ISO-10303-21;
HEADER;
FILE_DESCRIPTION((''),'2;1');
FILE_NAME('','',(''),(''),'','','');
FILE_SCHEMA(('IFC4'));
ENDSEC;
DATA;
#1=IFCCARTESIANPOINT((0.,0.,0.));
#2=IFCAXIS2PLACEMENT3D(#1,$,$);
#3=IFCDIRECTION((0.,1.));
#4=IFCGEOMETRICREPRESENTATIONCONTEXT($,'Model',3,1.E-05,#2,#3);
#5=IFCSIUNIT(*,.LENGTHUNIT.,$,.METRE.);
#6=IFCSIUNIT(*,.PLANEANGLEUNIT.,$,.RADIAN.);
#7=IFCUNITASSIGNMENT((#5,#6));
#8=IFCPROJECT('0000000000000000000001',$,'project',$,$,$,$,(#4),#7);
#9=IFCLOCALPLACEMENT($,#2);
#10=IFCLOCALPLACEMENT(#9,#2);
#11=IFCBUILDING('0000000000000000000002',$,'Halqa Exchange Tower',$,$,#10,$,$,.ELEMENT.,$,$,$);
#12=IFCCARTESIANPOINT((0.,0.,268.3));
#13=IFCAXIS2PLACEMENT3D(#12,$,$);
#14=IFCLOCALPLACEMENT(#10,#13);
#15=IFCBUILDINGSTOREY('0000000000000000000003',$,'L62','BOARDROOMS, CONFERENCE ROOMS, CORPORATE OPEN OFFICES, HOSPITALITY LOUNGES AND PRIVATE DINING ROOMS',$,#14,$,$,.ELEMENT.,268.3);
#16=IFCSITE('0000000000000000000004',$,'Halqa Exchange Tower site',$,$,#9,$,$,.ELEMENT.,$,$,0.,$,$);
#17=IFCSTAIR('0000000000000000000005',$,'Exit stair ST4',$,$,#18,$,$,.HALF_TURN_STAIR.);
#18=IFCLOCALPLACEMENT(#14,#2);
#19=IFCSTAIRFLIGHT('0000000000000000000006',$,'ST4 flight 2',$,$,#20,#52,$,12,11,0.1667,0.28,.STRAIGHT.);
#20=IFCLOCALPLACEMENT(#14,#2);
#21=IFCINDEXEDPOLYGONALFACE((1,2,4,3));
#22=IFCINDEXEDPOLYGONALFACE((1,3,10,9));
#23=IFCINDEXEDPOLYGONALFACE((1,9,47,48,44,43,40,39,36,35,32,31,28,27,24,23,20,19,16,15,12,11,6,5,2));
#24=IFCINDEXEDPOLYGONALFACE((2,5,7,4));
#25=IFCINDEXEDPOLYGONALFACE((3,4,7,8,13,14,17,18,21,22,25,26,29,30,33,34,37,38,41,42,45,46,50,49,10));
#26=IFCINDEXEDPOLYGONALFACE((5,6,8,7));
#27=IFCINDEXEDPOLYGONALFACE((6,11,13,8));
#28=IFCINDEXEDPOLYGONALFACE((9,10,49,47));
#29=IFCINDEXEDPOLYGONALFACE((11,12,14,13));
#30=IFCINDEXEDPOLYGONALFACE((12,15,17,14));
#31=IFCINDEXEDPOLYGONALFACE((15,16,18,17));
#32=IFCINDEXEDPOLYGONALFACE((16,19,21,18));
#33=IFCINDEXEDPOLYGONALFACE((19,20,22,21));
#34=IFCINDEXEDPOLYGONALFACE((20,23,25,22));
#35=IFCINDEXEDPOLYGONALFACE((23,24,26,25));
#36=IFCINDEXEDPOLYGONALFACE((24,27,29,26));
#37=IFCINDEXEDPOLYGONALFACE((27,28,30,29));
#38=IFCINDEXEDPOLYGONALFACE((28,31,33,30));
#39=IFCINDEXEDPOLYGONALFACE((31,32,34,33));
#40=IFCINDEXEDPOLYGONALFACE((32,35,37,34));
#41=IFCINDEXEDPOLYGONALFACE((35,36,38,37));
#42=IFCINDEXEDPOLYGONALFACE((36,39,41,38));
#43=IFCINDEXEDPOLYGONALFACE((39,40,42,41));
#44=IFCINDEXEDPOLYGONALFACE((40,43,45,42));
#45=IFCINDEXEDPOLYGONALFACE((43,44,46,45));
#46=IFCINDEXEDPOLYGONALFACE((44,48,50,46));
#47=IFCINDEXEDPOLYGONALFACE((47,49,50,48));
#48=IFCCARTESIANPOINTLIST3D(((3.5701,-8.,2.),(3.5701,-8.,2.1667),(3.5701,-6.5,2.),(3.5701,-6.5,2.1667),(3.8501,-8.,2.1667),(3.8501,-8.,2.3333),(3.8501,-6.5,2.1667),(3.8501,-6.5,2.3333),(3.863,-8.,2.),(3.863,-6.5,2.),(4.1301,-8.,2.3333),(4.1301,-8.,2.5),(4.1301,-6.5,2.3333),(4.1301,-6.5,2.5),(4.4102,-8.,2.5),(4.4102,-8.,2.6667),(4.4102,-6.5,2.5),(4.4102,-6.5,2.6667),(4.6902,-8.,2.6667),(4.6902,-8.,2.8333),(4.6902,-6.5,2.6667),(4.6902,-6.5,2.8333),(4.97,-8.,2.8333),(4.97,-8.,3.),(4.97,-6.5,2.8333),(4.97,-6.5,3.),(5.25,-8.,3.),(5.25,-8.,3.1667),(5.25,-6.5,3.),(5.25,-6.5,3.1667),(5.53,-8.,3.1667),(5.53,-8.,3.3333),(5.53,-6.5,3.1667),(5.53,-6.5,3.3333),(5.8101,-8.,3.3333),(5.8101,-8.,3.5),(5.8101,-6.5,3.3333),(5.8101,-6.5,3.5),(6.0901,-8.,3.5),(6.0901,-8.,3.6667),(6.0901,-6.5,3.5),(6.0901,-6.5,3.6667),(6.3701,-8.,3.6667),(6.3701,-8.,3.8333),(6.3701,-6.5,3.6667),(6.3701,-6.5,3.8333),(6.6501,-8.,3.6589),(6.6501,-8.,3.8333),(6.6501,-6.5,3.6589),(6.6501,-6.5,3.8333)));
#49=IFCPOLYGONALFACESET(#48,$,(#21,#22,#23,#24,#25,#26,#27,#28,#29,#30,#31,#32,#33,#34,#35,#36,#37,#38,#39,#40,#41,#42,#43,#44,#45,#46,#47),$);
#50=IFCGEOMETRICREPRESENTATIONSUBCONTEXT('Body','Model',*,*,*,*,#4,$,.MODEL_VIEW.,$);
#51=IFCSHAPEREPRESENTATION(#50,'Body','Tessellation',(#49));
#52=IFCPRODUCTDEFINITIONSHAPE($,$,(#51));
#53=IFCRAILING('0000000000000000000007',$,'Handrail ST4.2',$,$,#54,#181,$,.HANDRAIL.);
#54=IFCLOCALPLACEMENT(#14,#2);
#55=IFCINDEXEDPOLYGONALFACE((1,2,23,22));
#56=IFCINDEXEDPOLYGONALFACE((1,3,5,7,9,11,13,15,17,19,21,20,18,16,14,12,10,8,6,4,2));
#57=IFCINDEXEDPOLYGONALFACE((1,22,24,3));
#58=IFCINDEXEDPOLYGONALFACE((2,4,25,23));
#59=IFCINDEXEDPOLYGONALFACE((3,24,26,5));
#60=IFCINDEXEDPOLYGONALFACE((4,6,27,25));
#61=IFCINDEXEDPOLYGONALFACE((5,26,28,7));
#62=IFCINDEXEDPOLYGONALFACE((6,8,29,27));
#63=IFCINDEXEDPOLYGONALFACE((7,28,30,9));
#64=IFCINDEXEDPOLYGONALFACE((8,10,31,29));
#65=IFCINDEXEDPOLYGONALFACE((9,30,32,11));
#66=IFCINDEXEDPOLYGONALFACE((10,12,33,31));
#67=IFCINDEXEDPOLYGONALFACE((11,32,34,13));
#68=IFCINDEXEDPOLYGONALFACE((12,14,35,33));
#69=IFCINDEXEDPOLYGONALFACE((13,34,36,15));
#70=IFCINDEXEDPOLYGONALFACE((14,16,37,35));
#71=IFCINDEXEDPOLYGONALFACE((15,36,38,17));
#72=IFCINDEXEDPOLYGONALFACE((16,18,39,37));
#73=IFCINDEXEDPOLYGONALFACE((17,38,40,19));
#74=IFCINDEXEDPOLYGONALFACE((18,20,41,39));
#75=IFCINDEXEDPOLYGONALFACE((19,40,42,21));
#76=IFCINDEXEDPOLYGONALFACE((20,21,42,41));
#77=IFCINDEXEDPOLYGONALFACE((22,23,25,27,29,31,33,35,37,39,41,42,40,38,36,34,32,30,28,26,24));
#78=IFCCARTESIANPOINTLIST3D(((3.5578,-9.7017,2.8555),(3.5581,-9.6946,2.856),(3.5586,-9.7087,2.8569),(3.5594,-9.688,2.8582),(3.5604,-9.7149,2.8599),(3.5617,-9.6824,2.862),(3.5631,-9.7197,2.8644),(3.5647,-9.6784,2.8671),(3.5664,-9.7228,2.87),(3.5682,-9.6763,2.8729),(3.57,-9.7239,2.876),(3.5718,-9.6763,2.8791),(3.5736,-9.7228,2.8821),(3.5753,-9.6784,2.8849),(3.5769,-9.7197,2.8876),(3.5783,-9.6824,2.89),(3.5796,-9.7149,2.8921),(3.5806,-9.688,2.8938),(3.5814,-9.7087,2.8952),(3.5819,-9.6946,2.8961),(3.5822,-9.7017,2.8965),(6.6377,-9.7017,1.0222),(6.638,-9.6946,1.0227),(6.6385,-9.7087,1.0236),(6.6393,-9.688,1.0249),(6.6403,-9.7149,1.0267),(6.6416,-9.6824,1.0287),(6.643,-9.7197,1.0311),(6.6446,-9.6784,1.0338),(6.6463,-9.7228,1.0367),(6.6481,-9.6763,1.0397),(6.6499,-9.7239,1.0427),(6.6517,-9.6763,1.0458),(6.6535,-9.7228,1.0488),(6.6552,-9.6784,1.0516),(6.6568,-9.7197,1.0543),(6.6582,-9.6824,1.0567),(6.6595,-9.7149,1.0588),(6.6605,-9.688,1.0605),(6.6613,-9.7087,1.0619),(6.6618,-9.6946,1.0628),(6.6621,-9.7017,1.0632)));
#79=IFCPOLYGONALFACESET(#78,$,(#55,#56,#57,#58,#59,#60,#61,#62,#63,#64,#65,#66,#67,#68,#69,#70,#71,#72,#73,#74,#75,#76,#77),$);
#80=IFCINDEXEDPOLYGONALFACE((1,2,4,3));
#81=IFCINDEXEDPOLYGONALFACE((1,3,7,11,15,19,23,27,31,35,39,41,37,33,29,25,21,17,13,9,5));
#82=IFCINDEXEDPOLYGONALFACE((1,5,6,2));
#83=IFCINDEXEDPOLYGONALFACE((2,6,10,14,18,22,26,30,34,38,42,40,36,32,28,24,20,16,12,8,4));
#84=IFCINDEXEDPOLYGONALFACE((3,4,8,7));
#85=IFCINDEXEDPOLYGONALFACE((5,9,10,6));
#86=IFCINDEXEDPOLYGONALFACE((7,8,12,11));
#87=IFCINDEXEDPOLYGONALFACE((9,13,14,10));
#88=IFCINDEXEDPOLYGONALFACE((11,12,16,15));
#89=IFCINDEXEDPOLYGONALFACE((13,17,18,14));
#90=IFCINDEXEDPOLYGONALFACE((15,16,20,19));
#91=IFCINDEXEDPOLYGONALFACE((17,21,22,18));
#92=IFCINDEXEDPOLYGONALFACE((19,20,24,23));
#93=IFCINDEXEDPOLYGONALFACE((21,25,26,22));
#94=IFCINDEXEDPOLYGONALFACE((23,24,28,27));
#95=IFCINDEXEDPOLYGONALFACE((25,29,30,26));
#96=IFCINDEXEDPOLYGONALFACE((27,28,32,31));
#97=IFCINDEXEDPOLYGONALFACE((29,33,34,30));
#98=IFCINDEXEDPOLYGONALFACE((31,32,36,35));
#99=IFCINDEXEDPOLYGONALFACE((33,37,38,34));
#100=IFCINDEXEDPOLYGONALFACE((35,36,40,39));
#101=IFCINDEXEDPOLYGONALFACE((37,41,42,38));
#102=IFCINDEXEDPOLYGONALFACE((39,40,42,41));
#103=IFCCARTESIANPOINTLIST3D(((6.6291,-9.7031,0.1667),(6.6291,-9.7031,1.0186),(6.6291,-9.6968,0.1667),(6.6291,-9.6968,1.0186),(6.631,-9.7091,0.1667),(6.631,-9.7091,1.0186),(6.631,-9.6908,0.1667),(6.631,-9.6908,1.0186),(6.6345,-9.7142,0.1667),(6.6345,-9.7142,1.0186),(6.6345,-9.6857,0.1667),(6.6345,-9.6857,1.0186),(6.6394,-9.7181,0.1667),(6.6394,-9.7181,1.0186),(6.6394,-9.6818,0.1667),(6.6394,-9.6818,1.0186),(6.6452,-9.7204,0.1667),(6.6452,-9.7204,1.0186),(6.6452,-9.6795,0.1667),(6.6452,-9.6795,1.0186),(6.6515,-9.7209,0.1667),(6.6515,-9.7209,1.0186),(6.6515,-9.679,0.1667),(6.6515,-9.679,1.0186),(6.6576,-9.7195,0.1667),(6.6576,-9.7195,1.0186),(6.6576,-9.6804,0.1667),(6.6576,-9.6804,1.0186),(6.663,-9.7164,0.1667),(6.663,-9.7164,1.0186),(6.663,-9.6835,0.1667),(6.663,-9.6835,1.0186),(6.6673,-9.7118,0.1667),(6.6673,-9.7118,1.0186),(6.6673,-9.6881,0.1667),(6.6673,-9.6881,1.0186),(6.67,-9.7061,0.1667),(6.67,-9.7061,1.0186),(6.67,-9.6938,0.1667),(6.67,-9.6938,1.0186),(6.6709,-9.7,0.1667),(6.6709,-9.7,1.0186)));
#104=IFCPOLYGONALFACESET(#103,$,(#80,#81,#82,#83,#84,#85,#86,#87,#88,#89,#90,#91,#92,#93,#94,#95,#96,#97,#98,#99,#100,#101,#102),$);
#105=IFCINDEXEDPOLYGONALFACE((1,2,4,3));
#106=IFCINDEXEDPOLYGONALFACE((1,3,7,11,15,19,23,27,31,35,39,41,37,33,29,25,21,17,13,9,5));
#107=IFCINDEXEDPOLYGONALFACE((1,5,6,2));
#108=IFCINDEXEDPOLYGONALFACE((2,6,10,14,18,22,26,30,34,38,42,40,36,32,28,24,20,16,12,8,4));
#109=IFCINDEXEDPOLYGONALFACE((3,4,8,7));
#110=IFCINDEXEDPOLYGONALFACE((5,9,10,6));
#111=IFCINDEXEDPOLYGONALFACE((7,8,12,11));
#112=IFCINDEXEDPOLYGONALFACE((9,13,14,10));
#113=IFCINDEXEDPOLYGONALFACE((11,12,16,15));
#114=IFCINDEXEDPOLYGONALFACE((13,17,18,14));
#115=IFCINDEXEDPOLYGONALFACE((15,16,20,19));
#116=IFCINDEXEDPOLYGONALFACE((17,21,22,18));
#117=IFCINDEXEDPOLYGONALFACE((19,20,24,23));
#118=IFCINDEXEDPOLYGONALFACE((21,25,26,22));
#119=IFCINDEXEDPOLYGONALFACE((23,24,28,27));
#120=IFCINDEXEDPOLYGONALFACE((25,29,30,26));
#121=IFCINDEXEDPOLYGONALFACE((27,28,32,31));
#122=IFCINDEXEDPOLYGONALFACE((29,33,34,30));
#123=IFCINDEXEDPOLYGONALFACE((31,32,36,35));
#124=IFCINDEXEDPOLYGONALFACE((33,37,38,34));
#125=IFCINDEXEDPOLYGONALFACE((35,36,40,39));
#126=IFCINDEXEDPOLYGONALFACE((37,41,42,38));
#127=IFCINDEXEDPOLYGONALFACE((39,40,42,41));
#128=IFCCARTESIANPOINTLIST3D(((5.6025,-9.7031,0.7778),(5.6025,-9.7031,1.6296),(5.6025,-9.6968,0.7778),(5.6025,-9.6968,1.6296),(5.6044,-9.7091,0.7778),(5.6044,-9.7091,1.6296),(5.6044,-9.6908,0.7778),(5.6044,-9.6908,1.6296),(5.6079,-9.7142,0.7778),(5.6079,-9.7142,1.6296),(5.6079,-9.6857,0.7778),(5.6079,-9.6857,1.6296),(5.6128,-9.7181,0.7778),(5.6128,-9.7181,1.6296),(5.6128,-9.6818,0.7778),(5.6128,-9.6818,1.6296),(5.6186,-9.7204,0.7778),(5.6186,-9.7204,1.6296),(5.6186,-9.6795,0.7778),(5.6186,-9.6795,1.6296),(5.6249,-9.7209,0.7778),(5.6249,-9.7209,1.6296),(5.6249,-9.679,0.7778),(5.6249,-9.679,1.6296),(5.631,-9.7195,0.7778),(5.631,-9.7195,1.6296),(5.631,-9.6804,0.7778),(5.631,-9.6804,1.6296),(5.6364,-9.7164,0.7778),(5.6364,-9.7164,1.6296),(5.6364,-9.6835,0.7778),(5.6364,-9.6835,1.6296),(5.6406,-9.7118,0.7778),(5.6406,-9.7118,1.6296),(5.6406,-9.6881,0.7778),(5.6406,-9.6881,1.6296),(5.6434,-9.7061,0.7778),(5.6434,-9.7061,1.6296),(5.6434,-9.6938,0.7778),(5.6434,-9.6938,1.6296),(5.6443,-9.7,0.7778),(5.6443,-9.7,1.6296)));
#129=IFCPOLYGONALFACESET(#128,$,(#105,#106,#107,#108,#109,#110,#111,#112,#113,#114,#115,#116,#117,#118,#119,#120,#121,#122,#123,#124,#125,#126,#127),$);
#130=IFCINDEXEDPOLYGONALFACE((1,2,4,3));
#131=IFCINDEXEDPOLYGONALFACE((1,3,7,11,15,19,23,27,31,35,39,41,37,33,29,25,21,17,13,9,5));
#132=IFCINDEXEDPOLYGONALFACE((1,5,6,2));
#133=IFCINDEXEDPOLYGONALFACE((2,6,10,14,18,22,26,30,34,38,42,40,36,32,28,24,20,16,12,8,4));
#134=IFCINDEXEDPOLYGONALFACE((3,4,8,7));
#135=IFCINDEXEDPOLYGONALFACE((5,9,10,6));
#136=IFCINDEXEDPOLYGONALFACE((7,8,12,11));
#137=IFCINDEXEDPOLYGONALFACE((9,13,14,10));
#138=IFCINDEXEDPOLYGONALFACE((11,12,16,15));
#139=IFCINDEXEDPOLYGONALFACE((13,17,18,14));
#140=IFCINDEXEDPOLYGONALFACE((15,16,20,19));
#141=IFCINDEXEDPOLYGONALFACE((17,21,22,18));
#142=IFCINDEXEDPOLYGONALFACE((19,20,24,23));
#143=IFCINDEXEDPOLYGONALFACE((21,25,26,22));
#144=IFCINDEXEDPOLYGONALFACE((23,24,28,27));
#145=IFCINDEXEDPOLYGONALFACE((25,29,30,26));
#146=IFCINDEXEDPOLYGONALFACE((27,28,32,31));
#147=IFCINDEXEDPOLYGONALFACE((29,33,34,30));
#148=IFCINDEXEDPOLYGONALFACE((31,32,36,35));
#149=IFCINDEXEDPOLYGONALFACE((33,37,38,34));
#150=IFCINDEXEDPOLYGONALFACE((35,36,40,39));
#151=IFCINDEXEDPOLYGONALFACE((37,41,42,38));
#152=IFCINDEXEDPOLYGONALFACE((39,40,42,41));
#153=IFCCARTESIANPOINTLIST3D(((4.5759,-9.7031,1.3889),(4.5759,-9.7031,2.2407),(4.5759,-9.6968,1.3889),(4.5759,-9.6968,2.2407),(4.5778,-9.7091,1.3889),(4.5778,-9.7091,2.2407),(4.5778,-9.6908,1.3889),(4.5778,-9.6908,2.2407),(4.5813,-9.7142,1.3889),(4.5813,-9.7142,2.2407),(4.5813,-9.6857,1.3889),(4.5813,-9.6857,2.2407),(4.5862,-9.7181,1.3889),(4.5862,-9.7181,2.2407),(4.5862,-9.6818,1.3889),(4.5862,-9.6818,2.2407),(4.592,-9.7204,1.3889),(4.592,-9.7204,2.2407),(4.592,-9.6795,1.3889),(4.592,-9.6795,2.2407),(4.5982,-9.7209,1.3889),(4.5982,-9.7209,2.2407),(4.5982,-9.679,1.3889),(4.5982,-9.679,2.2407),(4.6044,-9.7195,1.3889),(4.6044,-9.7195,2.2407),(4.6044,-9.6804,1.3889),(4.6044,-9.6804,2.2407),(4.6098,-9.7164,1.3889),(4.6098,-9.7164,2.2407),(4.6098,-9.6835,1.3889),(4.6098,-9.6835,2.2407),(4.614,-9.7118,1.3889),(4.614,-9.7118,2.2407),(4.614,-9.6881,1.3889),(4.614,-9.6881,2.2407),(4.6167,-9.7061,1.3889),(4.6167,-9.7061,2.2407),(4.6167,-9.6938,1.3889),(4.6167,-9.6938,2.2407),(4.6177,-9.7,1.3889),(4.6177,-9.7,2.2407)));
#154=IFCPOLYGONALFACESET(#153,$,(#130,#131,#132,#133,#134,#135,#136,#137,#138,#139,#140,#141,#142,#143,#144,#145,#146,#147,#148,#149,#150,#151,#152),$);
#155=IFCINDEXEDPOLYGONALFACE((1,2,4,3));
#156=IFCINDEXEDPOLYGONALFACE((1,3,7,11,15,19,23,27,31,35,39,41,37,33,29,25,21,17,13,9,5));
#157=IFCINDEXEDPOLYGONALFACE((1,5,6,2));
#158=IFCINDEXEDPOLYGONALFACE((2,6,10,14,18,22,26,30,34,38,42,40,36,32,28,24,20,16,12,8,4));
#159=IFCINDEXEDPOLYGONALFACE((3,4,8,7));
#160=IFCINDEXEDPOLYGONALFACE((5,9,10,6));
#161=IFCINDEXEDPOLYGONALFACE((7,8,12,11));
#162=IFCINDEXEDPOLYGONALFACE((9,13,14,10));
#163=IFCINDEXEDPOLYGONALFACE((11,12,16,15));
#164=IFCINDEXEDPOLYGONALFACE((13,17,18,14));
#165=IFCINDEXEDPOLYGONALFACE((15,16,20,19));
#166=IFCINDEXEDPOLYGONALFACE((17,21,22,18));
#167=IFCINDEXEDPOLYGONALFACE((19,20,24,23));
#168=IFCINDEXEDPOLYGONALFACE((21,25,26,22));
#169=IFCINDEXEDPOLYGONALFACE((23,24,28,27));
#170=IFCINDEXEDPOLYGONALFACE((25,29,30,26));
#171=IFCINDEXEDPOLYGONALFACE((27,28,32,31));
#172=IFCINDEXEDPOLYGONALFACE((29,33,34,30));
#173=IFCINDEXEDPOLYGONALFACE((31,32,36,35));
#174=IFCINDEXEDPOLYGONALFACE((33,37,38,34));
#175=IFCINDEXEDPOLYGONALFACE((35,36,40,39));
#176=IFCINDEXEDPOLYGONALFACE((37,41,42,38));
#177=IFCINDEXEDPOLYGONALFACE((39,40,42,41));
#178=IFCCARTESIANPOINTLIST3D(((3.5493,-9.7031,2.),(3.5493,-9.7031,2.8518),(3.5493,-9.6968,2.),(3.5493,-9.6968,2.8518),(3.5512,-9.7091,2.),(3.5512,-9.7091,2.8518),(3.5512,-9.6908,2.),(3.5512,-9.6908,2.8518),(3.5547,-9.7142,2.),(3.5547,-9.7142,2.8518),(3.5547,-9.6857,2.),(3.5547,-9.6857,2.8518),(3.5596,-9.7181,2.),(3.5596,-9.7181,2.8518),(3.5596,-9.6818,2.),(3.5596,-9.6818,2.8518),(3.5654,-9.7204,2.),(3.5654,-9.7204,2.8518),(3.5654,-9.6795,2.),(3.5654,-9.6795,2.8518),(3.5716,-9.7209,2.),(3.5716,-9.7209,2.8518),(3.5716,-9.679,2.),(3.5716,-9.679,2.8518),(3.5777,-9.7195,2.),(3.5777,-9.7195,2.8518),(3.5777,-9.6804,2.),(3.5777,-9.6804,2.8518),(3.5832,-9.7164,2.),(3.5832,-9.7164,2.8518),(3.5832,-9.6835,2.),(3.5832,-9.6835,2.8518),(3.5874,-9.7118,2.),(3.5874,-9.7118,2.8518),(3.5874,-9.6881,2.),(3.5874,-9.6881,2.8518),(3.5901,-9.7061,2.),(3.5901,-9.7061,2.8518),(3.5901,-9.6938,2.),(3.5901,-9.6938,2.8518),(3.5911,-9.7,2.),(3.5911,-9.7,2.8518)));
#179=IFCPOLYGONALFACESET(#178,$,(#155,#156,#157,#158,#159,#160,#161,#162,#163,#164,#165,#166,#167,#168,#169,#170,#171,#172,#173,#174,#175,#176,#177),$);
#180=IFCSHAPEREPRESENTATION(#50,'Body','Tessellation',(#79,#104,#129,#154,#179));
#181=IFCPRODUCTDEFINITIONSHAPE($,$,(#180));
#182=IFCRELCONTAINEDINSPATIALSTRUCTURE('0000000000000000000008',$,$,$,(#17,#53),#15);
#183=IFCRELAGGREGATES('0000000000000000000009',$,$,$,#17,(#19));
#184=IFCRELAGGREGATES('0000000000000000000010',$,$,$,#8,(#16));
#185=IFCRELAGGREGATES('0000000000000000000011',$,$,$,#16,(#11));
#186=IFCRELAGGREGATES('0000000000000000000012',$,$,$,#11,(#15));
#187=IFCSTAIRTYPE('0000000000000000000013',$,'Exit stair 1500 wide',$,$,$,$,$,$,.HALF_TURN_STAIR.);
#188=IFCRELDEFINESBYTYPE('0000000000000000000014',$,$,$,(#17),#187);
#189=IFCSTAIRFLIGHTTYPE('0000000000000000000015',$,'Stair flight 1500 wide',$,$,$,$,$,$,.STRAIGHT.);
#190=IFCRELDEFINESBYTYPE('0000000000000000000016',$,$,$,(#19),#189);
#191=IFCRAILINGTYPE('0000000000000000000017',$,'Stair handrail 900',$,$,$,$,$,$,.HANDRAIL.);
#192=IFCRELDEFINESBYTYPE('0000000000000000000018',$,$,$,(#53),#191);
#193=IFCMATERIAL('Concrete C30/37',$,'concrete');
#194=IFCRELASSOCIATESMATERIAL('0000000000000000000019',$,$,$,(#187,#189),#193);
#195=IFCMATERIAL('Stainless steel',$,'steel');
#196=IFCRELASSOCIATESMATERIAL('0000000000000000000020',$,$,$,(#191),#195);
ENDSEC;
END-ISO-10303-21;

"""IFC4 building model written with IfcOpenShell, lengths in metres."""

from ifc_helpers import new_model, si_unit, direction, frame, origin, origin_2d, place, context, subcontext, project, spatial, polyline, circle, outline, extrude, material, type_object, element, aggregate, save


model = new_model("IFC4")

# Units and contexts
model_context = context("Model", 3, precision=1e-05, world=origin(), true_north=direction((0.0, 1.0)))
body_context = subcontext(model_context, "Body", "Model", "MODEL_VIEW")
ifc_project = project(units=[si_unit("LENGTHUNIT", "METRE"), si_unit("PLANEANGLEUNIT", "RADIAN")], contexts=[model_context])

# Site, building, storey
site_placement = place(None, origin())
site = spatial("IfcSite", under=ifc_project, at=site_placement, Name="Halqa Exchange Tower site", CompositionType="ELEMENT", RefElevation=0.0)
building_placement = place(site_placement, origin())
building = spatial("IfcBuilding", under=site, at=building_placement, Name="Halqa Exchange Tower", CompositionType="ELEMENT")
storey_placement = place(building_placement, frame((0.0, 0.0, 268.3)))
storey = spatial("IfcBuildingStorey", under=building, at=storey_placement, Name="L62", Description="BOARDROOMS, CONFERENCE ROOMS, CORPORATE OPEN OFFICES, HOSPITALITY LOUNGES AND PRIVATE DINING ROOMS", CompositionType="ELEMENT", Elevation=268.3)

# Shared definitions
ifc_material_1 = material(Name="Concrete C30/37", Category="concrete")

# Stair, stair flight
stair_type = type_object("IfcStairType", Name="Exit stair 1500 wide", PredefinedType="HALF_TURN_STAIR", material=ifc_material_1)
stair_placement = place(storey_placement, origin())
stair = element("IfcStair", 1, at=stair_placement, inside=storey, type_object=stair_type, Name="Exit stair ST4", PredefinedType="HALF_TURN_STAIR")
stair_flight_type = type_object("IfcStairFlightType", Name="Stair flight 1500 wide", PredefinedType="STRAIGHT", material=ifc_material_1)
stair_flight_1_placement = place(storey_placement, frame((3.5701, -7.25, 2.0), z_axis=(0.0, 0.0, 1.0), x_axis=(1.0, 0.0, 0.0)))
stair_flight_1 = element("IfcStairFlight", 2, at=stair_flight_1_placement, type_object=stair_flight_type, Name="ST4 flight 2", NumberOfRisers=12, NumberOfTreads=11, PredefinedType="STRAIGHT", RiserHeight=0.1667, TreadLength=0.28, context=body_context, shape_type="SweptSolid", body=[
    extrude(outline(polyline([(0.0, 0.0), (0.0, 0.1667), (0.28, 0.1667), (0.28, 0.3333), (0.5601, 0.3333), (0.5601, 0.5), (0.8401, 0.5), (0.8401, 0.6667), (1.1201, 0.6667), (1.1201, 0.8333), (1.3999, 0.8333), (1.3999, 1.0), (1.6799, 1.0), (1.6799, 1.1667), (1.96, 1.1667), (1.96, 1.3333), (2.24, 1.3333), (2.24, 1.5), (2.52, 1.5), (2.52, 1.6667), (2.8, 1.6667), (2.8, 1.8333), (3.0801, 1.8333), (3.0801, 2.0), (3.0801, 1.6589), (0.293, 0.0), (0.0, 0.0)])), frame((0.0, 0.75, 0.0), z_axis=(0.0, -1.0, 0.0), x_axis=(1.0, 0.0, 0.0)), (0.0, 0.0, 1.0), 1.5),
])
aggregate(stair, [stair_flight_1])

# Railing
ifc_material_2 = material(Name="Stainless steel", Category="steel")
railing_type_1 = type_object("IfcRailingType", Name="Stair handrail 900", PredefinedType="HANDRAIL", material=ifc_material_2)
railing_1_placement = place(storey_placement, frame((6.6499, -9.7, 0.1667)))
element("IfcRailing", 3, at=railing_1_placement, inside=storey, type_object=railing_type_1, Name="Handrail ST4.2", PredefinedType="HANDRAIL", context=body_context, shape_type="SweptSolid", body=[
    extrude(circle(Radius=0.0239, at=origin_2d()), frame((0.0, 0.0, 0.876), z_axis=(-0.859291, 0.0, 0.511487), x_axis=(0.0, -1.0, 0.0)), (0.0, 0.0, 1.0), 3.5842),
    extrude(circle(Radius=0.021, at=origin_2d()), origin(), (0.0, 0.0, 1.0), 0.8518),
    extrude(circle(Radius=0.021, at=origin_2d()), frame((-1.0266, 0.0, 0.6111)), (0.0, 0.0, 1.0), 0.8518),
    extrude(circle(Radius=0.021, at=origin_2d()), frame((-2.0532, 0.0, 1.2222)), (0.0, 0.0, 1.0), 0.8518),
    extrude(circle(Radius=0.021, at=origin_2d()), frame((-3.0798, 0.0, 1.8333)), (0.0, 0.0, 1.0), 0.8518),
])

save(model, "model.ifc")
